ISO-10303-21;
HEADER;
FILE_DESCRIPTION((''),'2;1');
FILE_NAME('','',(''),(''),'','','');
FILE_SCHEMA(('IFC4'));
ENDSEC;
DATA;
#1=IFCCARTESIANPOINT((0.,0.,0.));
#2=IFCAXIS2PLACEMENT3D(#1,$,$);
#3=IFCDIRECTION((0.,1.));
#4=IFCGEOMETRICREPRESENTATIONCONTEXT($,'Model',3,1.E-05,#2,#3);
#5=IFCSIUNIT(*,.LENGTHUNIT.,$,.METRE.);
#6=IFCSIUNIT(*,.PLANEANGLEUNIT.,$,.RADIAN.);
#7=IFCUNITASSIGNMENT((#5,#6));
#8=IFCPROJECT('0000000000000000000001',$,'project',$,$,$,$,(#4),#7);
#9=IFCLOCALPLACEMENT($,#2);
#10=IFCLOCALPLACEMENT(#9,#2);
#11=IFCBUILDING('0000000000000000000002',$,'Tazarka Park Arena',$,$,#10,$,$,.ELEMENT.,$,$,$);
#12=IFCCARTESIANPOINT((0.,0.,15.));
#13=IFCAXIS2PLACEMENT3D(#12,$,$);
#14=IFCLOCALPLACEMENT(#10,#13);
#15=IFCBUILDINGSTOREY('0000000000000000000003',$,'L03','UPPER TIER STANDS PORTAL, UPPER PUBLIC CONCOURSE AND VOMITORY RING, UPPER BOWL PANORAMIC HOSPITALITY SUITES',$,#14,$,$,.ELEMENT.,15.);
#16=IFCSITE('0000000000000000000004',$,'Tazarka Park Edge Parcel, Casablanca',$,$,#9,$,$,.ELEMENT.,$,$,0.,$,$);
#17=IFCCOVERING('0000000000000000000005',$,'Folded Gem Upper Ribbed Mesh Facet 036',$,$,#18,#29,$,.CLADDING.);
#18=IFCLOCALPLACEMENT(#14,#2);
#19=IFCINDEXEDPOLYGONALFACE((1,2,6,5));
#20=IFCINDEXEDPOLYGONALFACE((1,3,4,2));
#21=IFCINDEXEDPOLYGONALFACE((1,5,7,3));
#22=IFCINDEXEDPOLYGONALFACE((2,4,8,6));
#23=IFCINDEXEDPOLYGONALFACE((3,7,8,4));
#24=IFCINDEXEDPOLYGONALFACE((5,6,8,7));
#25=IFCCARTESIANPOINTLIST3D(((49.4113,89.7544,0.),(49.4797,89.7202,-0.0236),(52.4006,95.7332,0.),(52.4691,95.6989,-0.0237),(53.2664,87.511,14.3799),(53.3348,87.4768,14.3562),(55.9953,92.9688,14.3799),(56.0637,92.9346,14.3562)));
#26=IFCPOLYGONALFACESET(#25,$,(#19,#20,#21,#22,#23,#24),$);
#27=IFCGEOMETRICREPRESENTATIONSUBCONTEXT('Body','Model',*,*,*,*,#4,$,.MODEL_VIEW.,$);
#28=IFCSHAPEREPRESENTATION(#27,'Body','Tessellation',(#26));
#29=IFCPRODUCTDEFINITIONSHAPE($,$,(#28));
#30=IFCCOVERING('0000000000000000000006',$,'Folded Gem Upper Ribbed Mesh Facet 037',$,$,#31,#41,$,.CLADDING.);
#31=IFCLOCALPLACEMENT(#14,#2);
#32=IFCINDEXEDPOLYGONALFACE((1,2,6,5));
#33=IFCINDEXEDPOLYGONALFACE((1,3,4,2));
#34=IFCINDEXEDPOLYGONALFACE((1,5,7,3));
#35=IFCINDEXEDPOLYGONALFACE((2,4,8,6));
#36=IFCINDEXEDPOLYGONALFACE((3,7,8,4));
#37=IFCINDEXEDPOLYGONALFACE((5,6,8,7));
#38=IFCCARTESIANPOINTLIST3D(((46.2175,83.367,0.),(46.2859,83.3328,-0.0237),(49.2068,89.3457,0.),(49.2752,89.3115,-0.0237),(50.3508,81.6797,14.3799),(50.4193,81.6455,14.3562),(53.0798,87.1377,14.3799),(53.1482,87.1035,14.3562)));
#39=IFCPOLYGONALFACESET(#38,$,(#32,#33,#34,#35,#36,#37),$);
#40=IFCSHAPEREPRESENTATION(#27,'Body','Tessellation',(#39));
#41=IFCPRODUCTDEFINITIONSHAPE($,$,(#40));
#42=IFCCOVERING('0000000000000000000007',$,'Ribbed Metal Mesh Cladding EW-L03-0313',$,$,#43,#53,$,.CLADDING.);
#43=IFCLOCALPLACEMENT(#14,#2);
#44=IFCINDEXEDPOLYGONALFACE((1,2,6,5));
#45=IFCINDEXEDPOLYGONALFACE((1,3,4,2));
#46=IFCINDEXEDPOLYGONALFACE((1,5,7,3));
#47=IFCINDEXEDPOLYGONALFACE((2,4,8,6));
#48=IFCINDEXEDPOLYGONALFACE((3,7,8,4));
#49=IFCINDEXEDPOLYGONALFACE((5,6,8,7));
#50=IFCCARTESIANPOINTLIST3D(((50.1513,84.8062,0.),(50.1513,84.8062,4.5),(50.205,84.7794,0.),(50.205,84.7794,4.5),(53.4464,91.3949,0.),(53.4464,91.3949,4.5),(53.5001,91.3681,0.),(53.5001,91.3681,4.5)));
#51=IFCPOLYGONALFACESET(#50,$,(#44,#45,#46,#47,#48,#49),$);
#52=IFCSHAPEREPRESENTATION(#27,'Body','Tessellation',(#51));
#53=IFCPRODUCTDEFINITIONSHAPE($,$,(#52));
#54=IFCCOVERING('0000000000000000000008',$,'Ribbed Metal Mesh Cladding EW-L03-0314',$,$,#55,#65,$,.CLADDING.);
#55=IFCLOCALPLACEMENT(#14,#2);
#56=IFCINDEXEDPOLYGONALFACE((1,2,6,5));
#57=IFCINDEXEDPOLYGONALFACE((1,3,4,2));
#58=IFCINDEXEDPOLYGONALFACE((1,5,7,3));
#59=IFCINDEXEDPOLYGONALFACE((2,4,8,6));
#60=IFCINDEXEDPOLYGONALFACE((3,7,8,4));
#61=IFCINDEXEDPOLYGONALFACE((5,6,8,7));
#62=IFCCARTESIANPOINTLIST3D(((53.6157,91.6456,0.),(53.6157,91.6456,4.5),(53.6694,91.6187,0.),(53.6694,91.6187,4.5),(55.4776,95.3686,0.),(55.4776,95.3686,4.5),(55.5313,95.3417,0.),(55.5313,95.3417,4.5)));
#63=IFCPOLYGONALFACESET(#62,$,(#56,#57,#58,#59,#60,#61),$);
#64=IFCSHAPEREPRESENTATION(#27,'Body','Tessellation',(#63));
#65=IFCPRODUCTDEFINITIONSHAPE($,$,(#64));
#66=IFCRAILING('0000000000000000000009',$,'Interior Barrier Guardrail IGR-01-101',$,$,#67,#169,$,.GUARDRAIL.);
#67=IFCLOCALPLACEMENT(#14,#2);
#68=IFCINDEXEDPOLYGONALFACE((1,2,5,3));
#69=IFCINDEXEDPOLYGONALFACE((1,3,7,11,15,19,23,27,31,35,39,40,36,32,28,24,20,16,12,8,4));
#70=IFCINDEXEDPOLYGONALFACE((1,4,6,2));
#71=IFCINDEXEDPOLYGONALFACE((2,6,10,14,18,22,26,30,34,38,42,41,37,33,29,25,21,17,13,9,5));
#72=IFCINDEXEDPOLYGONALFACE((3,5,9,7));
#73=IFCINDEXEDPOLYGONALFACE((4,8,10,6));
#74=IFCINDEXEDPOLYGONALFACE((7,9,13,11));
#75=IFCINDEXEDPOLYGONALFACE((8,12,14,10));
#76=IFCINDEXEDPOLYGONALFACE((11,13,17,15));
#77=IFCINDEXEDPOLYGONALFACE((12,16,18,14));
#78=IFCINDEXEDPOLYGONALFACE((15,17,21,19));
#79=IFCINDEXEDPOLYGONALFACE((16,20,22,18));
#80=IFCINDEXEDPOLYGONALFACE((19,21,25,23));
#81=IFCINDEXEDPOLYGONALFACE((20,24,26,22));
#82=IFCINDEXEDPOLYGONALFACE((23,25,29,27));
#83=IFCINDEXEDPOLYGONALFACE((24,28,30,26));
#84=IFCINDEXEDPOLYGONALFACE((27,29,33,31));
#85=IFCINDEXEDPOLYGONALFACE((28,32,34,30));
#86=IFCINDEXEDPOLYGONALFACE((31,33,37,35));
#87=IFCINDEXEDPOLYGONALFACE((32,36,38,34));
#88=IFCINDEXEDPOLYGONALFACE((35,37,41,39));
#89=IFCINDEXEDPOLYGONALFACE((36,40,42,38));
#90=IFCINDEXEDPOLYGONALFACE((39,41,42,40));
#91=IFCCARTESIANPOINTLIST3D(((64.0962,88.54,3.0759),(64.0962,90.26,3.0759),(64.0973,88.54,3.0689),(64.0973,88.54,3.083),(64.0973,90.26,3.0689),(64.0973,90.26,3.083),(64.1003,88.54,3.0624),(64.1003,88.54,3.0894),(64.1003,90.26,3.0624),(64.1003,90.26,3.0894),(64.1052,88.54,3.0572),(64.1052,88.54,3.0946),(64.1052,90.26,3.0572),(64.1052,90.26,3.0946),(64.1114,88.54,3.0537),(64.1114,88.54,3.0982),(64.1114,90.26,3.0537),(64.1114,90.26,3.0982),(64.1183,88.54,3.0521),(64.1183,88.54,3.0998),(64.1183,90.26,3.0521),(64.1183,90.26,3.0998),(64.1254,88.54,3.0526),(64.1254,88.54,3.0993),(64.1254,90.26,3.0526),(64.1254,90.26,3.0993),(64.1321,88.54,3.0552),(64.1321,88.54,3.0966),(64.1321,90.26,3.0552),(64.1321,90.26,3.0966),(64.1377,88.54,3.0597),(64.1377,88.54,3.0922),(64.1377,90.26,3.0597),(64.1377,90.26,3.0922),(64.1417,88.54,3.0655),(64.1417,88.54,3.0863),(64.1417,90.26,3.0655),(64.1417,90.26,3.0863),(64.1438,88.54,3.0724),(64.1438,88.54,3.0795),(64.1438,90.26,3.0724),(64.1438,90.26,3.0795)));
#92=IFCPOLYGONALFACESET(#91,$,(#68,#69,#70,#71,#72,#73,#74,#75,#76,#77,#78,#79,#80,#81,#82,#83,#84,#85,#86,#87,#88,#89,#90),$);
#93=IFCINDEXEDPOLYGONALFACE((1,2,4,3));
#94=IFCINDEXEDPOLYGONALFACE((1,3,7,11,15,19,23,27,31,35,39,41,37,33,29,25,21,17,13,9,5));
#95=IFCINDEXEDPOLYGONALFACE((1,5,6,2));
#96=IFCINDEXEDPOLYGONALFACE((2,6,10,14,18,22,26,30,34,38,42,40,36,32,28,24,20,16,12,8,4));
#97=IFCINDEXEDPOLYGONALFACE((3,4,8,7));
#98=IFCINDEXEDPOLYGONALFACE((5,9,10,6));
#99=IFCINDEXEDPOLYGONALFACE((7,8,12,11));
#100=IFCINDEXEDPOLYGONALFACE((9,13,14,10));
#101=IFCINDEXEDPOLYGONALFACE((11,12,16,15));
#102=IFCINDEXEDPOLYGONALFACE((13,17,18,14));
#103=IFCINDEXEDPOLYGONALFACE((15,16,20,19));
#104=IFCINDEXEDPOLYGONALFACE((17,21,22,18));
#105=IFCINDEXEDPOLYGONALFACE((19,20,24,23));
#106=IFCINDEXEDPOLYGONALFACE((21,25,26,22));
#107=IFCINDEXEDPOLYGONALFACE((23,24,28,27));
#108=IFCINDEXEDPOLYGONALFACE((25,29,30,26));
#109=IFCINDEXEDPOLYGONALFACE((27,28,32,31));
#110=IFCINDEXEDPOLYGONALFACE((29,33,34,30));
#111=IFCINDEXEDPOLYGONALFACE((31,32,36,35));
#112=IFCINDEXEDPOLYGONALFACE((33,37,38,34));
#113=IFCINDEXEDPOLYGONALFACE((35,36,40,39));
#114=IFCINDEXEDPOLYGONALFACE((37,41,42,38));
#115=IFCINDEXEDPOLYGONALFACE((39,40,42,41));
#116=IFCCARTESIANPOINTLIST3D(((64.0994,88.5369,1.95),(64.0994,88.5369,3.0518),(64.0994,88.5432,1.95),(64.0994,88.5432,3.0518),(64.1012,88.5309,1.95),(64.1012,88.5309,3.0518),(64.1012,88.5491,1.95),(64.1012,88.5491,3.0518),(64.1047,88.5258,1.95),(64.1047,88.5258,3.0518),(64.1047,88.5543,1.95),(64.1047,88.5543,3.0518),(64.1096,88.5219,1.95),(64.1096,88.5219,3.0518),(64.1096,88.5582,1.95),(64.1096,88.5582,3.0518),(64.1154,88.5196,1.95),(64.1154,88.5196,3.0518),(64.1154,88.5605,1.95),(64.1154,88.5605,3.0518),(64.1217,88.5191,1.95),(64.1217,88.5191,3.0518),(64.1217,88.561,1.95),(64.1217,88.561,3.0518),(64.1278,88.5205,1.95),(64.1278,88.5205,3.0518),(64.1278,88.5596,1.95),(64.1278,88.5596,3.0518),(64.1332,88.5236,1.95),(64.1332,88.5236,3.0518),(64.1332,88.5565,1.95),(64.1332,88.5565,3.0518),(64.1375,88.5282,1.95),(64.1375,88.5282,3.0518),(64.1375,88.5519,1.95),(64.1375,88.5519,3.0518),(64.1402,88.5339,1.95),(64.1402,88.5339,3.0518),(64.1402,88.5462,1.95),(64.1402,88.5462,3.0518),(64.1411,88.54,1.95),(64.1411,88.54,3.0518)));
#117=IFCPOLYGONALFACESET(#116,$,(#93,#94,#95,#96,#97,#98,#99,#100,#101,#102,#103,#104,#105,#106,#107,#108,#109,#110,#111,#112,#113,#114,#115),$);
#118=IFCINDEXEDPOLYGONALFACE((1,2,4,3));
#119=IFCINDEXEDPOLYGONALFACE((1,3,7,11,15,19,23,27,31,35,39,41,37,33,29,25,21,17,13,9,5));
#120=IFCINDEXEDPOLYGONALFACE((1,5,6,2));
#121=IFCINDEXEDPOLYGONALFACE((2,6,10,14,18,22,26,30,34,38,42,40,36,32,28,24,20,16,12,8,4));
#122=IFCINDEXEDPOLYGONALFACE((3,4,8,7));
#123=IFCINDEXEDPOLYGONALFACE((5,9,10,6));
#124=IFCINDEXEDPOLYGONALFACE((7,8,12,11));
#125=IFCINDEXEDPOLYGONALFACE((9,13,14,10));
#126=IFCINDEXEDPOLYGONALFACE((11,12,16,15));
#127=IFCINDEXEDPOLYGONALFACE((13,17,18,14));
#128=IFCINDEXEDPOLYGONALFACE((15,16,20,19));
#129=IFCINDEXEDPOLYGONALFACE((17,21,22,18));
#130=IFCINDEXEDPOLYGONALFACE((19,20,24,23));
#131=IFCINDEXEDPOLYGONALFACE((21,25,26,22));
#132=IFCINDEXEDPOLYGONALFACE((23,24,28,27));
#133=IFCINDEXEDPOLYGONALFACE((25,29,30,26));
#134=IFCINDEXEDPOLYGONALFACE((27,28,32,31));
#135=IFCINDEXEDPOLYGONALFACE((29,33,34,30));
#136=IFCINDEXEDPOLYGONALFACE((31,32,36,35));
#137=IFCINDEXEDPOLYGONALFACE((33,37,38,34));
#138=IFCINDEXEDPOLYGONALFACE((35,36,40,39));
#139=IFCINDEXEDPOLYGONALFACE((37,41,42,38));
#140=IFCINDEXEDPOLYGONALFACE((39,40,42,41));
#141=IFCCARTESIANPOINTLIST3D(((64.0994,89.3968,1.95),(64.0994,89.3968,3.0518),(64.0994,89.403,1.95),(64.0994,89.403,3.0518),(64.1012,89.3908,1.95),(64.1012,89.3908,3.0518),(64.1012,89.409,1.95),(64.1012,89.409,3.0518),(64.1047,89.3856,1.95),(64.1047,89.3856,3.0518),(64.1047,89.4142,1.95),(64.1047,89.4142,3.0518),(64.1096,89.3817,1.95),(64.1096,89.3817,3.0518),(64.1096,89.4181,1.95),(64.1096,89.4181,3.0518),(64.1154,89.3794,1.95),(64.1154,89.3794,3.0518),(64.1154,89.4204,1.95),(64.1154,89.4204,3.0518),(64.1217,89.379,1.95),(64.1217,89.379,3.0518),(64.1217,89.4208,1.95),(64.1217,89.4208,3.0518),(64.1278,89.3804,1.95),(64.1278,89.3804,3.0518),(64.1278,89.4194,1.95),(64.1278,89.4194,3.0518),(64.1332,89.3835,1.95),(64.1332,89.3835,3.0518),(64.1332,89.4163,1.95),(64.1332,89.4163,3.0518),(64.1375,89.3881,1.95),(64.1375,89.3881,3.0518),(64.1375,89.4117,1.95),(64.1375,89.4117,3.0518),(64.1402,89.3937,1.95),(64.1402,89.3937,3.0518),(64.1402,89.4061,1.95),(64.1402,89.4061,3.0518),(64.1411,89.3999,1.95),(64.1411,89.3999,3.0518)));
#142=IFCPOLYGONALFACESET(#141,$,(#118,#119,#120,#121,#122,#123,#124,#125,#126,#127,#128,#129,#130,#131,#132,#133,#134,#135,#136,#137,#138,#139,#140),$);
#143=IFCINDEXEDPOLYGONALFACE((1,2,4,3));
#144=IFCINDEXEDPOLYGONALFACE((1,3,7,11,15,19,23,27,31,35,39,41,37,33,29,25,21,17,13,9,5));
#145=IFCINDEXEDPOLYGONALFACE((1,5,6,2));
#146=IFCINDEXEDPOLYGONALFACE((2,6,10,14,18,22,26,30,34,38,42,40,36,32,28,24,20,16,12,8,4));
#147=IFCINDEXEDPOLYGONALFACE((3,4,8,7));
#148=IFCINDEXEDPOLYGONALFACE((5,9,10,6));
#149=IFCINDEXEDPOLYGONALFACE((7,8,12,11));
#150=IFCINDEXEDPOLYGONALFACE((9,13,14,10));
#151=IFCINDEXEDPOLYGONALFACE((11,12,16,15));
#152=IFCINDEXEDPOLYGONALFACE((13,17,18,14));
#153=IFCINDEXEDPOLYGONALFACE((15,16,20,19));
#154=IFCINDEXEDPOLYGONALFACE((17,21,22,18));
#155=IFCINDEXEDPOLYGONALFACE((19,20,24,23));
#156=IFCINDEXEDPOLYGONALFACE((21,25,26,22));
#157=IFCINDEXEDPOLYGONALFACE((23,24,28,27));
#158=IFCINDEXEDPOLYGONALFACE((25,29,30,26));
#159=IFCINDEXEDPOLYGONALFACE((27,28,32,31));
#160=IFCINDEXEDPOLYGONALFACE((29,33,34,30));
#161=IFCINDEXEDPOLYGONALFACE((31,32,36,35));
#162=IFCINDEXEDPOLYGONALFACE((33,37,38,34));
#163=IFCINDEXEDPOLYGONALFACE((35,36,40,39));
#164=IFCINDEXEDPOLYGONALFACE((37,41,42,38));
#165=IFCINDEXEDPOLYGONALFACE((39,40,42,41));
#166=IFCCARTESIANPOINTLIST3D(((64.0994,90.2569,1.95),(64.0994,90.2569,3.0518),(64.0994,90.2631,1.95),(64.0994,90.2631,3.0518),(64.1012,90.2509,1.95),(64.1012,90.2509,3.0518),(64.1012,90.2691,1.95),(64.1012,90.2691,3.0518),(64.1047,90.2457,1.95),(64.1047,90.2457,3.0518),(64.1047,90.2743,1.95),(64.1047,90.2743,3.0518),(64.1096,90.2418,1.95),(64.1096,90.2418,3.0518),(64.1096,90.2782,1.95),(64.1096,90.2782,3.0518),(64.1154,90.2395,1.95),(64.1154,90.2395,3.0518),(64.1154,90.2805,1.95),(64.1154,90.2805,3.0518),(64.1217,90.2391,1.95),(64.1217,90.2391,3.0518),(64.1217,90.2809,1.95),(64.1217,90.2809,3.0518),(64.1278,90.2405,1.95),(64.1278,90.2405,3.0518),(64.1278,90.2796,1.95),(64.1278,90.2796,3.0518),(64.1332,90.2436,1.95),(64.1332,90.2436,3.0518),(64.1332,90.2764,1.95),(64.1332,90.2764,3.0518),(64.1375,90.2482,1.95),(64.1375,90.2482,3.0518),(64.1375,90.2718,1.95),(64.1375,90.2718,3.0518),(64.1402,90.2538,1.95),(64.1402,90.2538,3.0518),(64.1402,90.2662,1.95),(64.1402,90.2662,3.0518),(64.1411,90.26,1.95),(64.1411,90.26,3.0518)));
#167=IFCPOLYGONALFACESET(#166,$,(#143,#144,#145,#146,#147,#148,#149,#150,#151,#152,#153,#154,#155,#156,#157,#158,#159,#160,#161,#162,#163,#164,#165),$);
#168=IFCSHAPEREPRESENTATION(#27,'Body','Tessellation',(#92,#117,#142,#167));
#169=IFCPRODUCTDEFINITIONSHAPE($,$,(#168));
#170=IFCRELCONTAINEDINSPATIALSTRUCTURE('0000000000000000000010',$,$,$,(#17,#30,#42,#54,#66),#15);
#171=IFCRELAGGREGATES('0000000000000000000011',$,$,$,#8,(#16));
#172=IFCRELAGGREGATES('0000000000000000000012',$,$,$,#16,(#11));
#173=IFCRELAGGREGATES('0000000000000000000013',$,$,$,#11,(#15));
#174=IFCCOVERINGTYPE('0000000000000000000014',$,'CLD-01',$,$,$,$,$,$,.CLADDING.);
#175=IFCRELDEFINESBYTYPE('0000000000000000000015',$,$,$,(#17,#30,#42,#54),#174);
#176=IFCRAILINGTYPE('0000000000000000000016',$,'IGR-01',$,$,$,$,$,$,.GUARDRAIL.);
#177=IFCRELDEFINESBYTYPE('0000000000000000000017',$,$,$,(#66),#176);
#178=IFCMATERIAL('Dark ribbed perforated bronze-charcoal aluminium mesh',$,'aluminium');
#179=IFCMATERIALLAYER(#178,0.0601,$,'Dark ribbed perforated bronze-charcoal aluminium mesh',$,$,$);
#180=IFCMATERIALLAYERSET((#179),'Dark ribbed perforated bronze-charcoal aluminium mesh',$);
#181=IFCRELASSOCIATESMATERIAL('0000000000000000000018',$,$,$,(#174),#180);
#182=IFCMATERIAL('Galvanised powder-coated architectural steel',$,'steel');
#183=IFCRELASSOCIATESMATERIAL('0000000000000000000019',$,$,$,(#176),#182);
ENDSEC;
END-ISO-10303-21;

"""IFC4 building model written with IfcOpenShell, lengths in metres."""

from ifc_helpers import new_model, si_unit, direction, frame, origin, origin_2d, place, context, subcontext, project, spatial, polyline, rectangle, circle, outline, extrude, material, layer, layer_set, type_object, element, save


model = new_model("IFC4")

# Units and contexts
model_context = context("Model", 3, precision=1e-05, world=origin(), true_north=direction((0.0, 1.0)))
body_context = subcontext(model_context, "Body", "Model", "MODEL_VIEW")
ifc_project = project(units=[si_unit("LENGTHUNIT", "METRE"), si_unit("PLANEANGLEUNIT", "RADIAN")], contexts=[model_context])

# Site, building, storey
site_placement = place(None, origin())
site = spatial("IfcSite", under=ifc_project, at=site_placement, Name="Tazarka Park Edge Parcel, Casablanca", CompositionType="ELEMENT", RefElevation=0.0)
building_placement = place(site_placement, origin())
building = spatial("IfcBuilding", under=site, at=building_placement, Name="Tazarka Park Arena", CompositionType="ELEMENT")
storey_placement = place(building_placement, frame((0.0, 0.0, 15.0)))
storey = spatial("IfcBuildingStorey", under=building, at=storey_placement, Name="L03", Description="UPPER TIER STANDS PORTAL, UPPER PUBLIC CONCOURSE AND VOMITORY RING, UPPER BOWL PANORAMIC HOSPITALITY SUITES", CompositionType="ELEMENT", Elevation=15.0)

# Coverings
ifc_material_1 = material(Name="Dark ribbed perforated bronze-charcoal aluminium mesh", Category="aluminium")
ifc_layer_1 = layer(ifc_material_1, 0.0601, Name="Dark ribbed perforated bronze-charcoal aluminium mesh")
ifc_layer_set_1 = layer_set([ifc_layer_1], Name="Dark ribbed perforated bronze-charcoal aluminium mesh")
covering_type = type_object("IfcCoveringType", Name="CLD-01", PredefinedType="CLADDING", material=ifc_layer_set_1)
covering_1_placement = place(storey_placement, frame((52.4006, 95.7332, 0.0), z_axis=(-0.854426, 0.427213, 0.295713), x_axis=(-0.447212, -0.894428, 0.000005)))
element("IfcCovering", 1, at=covering_1_placement, inside=storey, type_object=covering_type, Name="Folded Gem Upper Ribbed Mesh Facet 036", PredefinedType="CLADDING", context=body_context, shape_type="SweptSolid", body=[
    extrude(outline(polyline([(0.0, 0.0), (6.6844, 0.0), (6.967, 15.0531), (0.865, 15.0531), (0.0, 0.0)])), origin(), (0.0, 0.0, -1.0), 0.0801),
])
covering_2_placement = place(storey_placement, frame((49.2068, 89.3457, 0.0), z_axis=(-0.854427, 0.427204, 0.295722), x_axis=(-0.447205, -0.894431, 0.000002)))
element("IfcCovering", 2, at=covering_2_placement, inside=storey, type_object=covering_type, Name="Folded Gem Upper Ribbed Mesh Facet 037", PredefinedType="CLADDING", context=body_context, shape_type="SweptSolid", body=[
    extrude(outline(polyline([(0.0, 0.0), (6.6844, 0.0), (6.3451, 15.0531), (0.2429, 15.0532), (0.0, 0.0)])), origin(), (0.0, 0.0, -1.0), 0.0801),
])
covering_3_placement = place(storey_placement, frame((51.8257, 88.0872, 0.0), z_axis=(0.0, 0.0, 1.0), x_axis=(0.447291, 0.894389, 0.0)))
element("IfcCovering", 3, at=covering_3_placement, inside=storey, type_object=covering_type, Name="Ribbed Metal Mesh Cladding EW-L03-0313", PredefinedType="CLADDING", context=body_context, shape_type="SweptSolid", body=[
    extrude(rectangle(XDim=7.3667, YDim=0.0601, at=origin_2d()), origin(), (0.0, 0.0, 1.0), 4.5),
])
covering_4_placement = place(storey_placement, frame((54.5735, 93.4937, 0.0), z_axis=(0.0, 0.0, 1.0), x_axis=(0.447291, 0.894389, 0.0)))
element("IfcCovering", 4, at=covering_4_placement, inside=storey, type_object=covering_type, Name="Ribbed Metal Mesh Cladding EW-L03-0314", PredefinedType="CLADDING", context=body_context, shape_type="SweptSolid", body=[
    extrude(rectangle(XDim=4.1626, YDim=0.0601, at=origin_2d()), origin(), (0.0, 0.0, 1.0), 4.5),
])

# Railing
ifc_material_2 = material(Name="Galvanised powder-coated architectural steel", Category="steel")
railing_type = type_object("IfcRailingType", Name="IGR-01", PredefinedType="GUARDRAIL", material=ifc_material_2)
for number, where, name in (
    (5, (64.1201, 88.54, 1.95), "Interior Barrier Guardrail IGR-01-101"),
):
    element("IfcRailing", number, at=place(storey_placement, frame(where)), inside=storey, type_object=railing_type, Name=name, PredefinedType="GUARDRAIL", context=body_context, shape_type="SweptSolid", body=[
        extrude(circle(Radius=0.0239, at=origin_2d()), frame((0.0, 0.0, 1.126), z_axis=(0.0, 1.0, 0.0), x_axis=(-1.0, 0.0, 0.0)), (0.0, 0.0, 1.0), 1.72),
        extrude(circle(Radius=0.021, at=origin_2d()), origin(), (0.0, 0.0, 1.0), 1.1018),
        extrude(circle(Radius=0.021, at=origin_2d()), frame((0.0, 0.8599, 0.0)), (0.0, 0.0, 1.0), 1.1018),
        extrude(circle(Radius=0.021, at=origin_2d()), frame((0.0, 1.72, 0.0)), (0.0, 0.0, 1.0), 1.1018),
    ])

save(model, "model.ifc")
